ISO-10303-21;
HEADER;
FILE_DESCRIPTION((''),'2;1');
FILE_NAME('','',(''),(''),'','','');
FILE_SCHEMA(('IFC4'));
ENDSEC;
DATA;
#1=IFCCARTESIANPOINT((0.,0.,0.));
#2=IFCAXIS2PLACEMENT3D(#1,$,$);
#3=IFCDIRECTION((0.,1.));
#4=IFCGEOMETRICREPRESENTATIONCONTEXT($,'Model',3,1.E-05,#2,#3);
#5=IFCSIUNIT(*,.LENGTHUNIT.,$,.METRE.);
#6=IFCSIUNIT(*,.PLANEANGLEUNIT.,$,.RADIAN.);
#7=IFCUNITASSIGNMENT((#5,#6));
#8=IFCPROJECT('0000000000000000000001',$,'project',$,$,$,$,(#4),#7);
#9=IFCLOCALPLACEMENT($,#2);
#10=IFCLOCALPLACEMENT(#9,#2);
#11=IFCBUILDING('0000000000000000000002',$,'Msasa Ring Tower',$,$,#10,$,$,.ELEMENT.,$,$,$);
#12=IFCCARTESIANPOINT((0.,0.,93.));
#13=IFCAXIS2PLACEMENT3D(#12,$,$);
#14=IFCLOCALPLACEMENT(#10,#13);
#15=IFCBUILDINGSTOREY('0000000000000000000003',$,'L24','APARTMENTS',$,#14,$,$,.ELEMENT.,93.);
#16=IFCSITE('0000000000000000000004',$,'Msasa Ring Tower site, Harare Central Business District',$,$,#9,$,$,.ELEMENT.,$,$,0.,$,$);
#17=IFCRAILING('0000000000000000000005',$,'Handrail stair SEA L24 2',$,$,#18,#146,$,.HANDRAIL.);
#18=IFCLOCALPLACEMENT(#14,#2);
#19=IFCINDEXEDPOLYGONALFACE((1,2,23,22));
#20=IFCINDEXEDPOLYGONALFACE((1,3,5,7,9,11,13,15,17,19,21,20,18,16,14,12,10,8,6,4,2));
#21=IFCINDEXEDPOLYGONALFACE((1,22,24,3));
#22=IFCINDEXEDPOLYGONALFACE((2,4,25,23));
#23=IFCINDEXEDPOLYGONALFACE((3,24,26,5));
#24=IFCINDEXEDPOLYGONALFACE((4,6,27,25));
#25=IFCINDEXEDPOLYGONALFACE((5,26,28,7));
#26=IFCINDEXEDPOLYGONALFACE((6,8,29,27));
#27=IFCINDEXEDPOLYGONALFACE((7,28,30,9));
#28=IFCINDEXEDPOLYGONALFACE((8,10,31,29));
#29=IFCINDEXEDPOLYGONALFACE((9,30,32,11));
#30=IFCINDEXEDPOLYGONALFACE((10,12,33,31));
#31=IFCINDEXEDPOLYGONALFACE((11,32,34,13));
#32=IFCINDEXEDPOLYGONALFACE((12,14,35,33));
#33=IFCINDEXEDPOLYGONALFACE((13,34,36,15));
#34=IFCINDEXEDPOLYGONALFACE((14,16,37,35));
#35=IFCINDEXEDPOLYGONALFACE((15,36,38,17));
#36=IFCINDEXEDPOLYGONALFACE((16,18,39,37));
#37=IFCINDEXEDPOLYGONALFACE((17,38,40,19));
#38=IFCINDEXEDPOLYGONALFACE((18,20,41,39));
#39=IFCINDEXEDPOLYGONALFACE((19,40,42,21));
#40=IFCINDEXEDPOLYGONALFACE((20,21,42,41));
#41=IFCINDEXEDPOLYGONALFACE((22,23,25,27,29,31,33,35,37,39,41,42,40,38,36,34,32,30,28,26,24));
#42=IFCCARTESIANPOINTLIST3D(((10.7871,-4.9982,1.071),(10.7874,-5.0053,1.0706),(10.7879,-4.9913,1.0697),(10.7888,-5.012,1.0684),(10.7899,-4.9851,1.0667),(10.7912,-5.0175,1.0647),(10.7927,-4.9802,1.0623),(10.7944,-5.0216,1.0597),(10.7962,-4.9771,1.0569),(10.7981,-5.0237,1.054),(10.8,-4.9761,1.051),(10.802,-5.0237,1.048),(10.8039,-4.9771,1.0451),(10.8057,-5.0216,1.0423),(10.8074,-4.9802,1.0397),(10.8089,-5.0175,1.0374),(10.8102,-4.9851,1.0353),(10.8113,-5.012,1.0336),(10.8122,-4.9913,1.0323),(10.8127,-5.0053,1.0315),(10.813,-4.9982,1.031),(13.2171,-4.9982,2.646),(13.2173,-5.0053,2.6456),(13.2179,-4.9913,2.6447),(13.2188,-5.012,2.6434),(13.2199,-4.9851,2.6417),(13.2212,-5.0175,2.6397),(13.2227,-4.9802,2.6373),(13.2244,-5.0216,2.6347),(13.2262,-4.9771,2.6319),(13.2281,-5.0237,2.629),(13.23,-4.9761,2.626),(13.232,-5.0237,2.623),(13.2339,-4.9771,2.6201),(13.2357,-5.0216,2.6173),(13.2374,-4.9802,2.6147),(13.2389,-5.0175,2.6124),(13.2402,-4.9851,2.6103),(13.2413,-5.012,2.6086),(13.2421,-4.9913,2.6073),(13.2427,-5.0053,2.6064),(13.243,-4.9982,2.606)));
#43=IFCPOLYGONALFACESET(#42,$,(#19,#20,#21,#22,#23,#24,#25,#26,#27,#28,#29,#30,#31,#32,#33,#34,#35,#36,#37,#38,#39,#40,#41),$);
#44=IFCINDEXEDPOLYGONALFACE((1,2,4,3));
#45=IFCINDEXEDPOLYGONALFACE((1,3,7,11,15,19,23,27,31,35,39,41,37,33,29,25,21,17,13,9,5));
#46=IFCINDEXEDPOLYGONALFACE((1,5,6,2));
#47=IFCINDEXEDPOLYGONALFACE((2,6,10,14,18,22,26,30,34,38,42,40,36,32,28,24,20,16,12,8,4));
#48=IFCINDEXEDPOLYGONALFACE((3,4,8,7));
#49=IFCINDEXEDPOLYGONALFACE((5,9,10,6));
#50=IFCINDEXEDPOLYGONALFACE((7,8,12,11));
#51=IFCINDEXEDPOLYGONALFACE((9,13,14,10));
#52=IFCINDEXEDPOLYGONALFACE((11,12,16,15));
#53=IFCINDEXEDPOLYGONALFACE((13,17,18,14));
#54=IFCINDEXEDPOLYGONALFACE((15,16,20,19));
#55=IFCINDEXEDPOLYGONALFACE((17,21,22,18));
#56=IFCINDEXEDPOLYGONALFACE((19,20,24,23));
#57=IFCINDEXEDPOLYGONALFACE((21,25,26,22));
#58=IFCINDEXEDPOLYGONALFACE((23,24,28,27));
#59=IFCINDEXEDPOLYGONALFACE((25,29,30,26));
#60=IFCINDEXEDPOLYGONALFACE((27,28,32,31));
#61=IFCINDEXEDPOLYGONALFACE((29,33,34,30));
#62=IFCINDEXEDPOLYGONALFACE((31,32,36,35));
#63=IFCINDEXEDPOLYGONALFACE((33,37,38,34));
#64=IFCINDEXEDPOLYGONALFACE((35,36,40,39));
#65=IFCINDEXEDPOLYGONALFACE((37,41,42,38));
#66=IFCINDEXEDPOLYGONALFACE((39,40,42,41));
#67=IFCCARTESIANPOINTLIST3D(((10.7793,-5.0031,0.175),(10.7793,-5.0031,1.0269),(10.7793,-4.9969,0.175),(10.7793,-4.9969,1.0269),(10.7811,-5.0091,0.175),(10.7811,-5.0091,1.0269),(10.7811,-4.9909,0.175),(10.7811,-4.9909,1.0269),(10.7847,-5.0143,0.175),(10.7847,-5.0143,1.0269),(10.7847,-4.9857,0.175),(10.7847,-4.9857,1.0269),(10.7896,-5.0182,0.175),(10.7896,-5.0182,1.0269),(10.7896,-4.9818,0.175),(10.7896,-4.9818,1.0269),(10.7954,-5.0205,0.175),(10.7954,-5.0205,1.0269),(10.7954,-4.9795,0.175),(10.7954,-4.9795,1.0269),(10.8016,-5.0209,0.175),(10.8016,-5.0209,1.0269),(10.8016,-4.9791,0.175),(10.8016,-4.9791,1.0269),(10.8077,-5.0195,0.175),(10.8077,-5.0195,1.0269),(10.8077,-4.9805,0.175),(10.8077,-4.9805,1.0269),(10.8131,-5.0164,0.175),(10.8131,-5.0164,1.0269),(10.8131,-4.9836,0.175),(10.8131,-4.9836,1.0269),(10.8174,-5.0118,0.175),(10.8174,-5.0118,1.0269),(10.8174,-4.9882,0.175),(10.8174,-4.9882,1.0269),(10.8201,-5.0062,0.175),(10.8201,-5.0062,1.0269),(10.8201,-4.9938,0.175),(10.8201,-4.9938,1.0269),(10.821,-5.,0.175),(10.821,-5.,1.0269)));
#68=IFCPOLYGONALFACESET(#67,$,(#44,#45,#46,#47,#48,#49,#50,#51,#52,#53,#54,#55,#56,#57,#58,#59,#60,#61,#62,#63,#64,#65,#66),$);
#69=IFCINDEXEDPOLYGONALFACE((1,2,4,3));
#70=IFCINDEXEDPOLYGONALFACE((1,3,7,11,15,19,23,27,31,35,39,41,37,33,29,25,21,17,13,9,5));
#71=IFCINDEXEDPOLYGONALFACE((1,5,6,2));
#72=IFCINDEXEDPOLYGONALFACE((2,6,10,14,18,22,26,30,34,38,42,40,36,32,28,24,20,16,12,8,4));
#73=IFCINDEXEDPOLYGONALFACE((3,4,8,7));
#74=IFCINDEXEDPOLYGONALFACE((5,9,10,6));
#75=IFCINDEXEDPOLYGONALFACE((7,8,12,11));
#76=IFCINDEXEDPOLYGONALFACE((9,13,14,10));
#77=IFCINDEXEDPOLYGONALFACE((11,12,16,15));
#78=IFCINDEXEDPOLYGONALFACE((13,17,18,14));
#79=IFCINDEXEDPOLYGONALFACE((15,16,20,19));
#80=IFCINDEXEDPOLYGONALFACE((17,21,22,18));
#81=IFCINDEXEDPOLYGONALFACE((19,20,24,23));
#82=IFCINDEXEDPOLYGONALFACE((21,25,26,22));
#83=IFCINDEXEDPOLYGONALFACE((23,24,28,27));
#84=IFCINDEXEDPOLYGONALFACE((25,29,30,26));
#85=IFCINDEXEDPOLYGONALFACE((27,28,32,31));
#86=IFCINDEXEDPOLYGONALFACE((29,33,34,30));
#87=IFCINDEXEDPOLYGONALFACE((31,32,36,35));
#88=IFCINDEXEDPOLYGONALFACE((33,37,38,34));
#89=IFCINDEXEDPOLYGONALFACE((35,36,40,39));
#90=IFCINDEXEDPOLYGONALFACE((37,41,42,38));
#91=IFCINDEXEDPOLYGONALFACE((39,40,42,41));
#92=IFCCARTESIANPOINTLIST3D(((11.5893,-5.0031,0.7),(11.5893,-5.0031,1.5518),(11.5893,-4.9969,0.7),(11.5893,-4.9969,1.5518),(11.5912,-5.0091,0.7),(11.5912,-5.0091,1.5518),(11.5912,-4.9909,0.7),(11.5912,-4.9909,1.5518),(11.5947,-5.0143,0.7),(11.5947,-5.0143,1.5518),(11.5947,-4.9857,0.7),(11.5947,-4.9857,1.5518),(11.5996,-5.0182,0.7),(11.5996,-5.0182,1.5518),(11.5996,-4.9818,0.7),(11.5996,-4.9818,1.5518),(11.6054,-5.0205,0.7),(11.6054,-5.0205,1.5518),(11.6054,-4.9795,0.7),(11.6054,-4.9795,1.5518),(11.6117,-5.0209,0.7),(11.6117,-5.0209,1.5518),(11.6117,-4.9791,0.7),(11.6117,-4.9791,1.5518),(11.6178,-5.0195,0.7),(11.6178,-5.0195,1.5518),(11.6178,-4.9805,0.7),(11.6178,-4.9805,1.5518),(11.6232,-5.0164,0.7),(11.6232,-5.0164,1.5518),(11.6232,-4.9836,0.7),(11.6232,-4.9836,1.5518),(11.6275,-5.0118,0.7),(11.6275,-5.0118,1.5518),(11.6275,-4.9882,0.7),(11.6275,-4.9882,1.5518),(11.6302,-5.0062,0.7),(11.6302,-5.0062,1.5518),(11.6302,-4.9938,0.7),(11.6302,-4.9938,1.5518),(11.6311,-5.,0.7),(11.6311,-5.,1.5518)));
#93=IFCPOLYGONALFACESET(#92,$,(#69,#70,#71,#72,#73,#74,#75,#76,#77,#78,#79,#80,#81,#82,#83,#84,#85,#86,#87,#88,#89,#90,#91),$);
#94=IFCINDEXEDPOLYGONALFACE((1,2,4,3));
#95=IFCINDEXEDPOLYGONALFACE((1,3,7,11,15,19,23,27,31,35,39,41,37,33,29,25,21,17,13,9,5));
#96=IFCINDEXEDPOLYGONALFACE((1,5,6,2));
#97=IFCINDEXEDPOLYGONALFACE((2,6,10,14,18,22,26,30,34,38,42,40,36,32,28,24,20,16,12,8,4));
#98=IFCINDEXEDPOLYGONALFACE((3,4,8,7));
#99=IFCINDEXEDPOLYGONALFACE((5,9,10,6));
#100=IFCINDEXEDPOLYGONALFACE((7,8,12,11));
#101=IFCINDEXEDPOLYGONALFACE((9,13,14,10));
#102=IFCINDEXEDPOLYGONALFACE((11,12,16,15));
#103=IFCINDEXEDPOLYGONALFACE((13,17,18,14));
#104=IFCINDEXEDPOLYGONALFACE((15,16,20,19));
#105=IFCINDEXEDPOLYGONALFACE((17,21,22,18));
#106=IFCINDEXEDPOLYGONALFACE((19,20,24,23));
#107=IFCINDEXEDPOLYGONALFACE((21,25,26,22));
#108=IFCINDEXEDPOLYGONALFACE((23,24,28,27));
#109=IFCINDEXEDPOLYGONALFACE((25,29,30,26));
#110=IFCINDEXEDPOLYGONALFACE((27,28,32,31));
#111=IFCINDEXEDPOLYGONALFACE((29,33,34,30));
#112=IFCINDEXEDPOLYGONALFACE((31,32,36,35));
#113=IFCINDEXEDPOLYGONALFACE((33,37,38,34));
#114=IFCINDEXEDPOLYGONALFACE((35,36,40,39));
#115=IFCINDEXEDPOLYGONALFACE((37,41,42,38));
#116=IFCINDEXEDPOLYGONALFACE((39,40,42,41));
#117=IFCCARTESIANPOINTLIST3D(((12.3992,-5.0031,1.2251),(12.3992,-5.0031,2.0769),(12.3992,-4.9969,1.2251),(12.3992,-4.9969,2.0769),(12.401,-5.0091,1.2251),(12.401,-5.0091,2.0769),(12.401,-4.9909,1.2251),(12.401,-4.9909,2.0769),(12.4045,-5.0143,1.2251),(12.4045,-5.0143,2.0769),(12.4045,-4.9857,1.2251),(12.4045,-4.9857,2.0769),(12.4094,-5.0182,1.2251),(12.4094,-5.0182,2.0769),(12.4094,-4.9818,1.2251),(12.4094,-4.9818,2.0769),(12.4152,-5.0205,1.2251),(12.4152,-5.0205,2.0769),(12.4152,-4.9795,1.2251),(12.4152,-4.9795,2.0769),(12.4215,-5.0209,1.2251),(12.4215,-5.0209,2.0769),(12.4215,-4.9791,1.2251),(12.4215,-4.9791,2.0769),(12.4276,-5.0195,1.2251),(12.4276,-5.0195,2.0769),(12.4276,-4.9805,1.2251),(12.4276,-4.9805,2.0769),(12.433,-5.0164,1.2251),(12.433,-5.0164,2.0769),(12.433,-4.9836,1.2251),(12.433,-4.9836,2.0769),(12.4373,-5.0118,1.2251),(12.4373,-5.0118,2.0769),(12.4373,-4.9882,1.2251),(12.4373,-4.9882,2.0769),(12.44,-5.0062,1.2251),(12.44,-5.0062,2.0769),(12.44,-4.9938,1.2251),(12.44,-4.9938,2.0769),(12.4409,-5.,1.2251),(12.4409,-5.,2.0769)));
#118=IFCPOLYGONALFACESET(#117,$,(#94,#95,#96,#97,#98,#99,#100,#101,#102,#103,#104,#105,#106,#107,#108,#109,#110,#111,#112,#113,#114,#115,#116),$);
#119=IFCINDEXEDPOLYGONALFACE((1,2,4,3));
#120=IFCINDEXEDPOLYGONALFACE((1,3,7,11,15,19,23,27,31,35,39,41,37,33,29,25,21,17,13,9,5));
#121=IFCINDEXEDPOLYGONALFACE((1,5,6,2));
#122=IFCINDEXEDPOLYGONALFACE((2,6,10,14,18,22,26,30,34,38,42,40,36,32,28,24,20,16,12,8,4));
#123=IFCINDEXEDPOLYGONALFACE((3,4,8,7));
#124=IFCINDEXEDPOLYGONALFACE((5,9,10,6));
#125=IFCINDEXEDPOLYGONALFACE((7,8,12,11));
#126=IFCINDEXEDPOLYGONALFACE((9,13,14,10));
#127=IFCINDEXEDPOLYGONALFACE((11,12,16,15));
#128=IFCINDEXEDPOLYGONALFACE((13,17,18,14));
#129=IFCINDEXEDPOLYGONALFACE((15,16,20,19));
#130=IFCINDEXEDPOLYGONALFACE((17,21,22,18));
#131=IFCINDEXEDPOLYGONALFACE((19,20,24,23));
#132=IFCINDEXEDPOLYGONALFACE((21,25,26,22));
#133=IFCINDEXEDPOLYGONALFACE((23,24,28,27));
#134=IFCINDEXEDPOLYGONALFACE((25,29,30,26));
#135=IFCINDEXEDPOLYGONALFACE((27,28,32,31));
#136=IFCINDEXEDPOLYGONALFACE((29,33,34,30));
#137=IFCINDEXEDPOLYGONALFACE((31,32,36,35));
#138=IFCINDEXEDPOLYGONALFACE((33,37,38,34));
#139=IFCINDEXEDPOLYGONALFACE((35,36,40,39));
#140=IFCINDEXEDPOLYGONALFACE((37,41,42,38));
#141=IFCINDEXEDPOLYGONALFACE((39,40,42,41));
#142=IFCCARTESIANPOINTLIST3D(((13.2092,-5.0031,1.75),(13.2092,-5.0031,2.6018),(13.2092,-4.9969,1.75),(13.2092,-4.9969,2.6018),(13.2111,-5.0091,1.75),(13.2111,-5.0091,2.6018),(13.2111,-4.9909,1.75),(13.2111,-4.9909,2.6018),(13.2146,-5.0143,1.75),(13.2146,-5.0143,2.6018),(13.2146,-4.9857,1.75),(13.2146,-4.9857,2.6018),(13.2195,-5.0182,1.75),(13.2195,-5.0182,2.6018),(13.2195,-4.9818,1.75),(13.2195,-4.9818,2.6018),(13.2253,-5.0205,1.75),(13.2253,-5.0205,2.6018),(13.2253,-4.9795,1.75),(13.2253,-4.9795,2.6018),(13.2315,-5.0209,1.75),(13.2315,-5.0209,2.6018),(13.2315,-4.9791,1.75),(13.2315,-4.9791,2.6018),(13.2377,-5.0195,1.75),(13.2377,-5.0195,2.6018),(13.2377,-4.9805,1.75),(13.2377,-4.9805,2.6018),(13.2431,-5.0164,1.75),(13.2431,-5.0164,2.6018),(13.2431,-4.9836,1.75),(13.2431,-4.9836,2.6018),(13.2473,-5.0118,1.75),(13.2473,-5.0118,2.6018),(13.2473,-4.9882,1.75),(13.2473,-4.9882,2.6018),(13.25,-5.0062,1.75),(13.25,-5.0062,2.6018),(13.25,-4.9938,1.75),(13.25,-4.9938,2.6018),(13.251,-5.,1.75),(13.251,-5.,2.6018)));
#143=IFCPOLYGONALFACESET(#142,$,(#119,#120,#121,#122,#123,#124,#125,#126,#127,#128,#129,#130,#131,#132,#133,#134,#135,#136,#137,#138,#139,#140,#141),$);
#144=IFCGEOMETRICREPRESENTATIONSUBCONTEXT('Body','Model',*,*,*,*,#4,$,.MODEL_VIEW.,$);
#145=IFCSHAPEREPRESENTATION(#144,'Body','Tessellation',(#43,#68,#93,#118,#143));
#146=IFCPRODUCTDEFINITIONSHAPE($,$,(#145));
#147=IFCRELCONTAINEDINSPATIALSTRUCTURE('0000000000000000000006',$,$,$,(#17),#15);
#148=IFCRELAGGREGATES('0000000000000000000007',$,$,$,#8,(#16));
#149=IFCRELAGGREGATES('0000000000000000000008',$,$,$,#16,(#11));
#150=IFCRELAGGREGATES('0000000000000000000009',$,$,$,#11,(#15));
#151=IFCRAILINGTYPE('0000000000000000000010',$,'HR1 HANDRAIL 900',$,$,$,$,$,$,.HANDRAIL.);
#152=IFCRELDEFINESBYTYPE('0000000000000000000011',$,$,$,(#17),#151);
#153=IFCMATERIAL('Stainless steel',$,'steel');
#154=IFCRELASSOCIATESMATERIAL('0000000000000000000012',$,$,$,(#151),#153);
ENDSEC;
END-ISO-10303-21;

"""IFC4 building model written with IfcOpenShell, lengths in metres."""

from ifc_helpers import new_model, si_unit, direction, frame, origin, origin_2d, place, context, subcontext, project, spatial, circle, extrude, material, type_object, element, save


model = new_model("IFC4")

# Units and contexts
model_context = context("Model", 3, precision=1e-05, world=origin(), true_north=direction((0.0, 1.0)))
body_context = subcontext(model_context, "Body", "Model", "MODEL_VIEW")
ifc_project = project(units=[si_unit("LENGTHUNIT", "METRE"), si_unit("PLANEANGLEUNIT", "RADIAN")], contexts=[model_context])

# Site, building, storey
site_placement = place(None, origin())
site = spatial("IfcSite", under=ifc_project, at=site_placement, Name="Msasa Ring Tower site, Harare Central Business District", CompositionType="ELEMENT", RefElevation=0.0)
building_placement = place(site_placement, origin())
building = spatial("IfcBuilding", under=site, at=building_placement, Name="Msasa Ring Tower", CompositionType="ELEMENT")
storey_placement = place(building_placement, frame((0.0, 0.0, 93.0)))
storey = spatial("IfcBuildingStorey", under=building, at=storey_placement, Name="L24", Description="APARTMENTS", CompositionType="ELEMENT", Elevation=93.0)

# Railing
ifc_material_1 = material(Name="Stainless steel", Category="steel")
railing_type = type_object("IfcRailingType", Name="HR1 HANDRAIL 900", PredefinedType="HANDRAIL", material=ifc_material_1)
for number, where, name in (
    (1, (10.8, -5.0, 0.175), "Handrail stair SEA L24 2"),
):
    element("IfcRailing", number, at=place(storey_placement, frame(where)), inside=storey, type_object=railing_type, Name=name, PredefinedType="HANDRAIL", context=body_context, shape_type="SweptSolid", body=[
        extrude(circle(Radius=0.0239, at=origin_2d()), frame((0.0, 0.0, 0.876), z_axis=(0.839154, 0.0, 0.543894), x_axis=(0.0, 1.0, 0.0)), (0.0, 0.0, 1.0), 2.8958),
        extrude(circle(Radius=0.021, at=origin_2d()), origin(), (0.0, 0.0, 1.0), 0.8518),
        extrude(circle(Radius=0.021, at=origin_2d()), frame((0.8101, 0.0, 0.5249)), (0.0, 0.0, 1.0), 0.8518),
        extrude(circle(Radius=0.021, at=origin_2d()), frame((1.6199, 0.0, 1.05)), (0.0, 0.0, 1.0), 0.8518),
        extrude(circle(Radius=0.021, at=origin_2d()), frame((2.4299, 0.0, 1.575)), (0.0, 0.0, 1.0), 0.8518),
    ])

save(model, "model.ifc")
